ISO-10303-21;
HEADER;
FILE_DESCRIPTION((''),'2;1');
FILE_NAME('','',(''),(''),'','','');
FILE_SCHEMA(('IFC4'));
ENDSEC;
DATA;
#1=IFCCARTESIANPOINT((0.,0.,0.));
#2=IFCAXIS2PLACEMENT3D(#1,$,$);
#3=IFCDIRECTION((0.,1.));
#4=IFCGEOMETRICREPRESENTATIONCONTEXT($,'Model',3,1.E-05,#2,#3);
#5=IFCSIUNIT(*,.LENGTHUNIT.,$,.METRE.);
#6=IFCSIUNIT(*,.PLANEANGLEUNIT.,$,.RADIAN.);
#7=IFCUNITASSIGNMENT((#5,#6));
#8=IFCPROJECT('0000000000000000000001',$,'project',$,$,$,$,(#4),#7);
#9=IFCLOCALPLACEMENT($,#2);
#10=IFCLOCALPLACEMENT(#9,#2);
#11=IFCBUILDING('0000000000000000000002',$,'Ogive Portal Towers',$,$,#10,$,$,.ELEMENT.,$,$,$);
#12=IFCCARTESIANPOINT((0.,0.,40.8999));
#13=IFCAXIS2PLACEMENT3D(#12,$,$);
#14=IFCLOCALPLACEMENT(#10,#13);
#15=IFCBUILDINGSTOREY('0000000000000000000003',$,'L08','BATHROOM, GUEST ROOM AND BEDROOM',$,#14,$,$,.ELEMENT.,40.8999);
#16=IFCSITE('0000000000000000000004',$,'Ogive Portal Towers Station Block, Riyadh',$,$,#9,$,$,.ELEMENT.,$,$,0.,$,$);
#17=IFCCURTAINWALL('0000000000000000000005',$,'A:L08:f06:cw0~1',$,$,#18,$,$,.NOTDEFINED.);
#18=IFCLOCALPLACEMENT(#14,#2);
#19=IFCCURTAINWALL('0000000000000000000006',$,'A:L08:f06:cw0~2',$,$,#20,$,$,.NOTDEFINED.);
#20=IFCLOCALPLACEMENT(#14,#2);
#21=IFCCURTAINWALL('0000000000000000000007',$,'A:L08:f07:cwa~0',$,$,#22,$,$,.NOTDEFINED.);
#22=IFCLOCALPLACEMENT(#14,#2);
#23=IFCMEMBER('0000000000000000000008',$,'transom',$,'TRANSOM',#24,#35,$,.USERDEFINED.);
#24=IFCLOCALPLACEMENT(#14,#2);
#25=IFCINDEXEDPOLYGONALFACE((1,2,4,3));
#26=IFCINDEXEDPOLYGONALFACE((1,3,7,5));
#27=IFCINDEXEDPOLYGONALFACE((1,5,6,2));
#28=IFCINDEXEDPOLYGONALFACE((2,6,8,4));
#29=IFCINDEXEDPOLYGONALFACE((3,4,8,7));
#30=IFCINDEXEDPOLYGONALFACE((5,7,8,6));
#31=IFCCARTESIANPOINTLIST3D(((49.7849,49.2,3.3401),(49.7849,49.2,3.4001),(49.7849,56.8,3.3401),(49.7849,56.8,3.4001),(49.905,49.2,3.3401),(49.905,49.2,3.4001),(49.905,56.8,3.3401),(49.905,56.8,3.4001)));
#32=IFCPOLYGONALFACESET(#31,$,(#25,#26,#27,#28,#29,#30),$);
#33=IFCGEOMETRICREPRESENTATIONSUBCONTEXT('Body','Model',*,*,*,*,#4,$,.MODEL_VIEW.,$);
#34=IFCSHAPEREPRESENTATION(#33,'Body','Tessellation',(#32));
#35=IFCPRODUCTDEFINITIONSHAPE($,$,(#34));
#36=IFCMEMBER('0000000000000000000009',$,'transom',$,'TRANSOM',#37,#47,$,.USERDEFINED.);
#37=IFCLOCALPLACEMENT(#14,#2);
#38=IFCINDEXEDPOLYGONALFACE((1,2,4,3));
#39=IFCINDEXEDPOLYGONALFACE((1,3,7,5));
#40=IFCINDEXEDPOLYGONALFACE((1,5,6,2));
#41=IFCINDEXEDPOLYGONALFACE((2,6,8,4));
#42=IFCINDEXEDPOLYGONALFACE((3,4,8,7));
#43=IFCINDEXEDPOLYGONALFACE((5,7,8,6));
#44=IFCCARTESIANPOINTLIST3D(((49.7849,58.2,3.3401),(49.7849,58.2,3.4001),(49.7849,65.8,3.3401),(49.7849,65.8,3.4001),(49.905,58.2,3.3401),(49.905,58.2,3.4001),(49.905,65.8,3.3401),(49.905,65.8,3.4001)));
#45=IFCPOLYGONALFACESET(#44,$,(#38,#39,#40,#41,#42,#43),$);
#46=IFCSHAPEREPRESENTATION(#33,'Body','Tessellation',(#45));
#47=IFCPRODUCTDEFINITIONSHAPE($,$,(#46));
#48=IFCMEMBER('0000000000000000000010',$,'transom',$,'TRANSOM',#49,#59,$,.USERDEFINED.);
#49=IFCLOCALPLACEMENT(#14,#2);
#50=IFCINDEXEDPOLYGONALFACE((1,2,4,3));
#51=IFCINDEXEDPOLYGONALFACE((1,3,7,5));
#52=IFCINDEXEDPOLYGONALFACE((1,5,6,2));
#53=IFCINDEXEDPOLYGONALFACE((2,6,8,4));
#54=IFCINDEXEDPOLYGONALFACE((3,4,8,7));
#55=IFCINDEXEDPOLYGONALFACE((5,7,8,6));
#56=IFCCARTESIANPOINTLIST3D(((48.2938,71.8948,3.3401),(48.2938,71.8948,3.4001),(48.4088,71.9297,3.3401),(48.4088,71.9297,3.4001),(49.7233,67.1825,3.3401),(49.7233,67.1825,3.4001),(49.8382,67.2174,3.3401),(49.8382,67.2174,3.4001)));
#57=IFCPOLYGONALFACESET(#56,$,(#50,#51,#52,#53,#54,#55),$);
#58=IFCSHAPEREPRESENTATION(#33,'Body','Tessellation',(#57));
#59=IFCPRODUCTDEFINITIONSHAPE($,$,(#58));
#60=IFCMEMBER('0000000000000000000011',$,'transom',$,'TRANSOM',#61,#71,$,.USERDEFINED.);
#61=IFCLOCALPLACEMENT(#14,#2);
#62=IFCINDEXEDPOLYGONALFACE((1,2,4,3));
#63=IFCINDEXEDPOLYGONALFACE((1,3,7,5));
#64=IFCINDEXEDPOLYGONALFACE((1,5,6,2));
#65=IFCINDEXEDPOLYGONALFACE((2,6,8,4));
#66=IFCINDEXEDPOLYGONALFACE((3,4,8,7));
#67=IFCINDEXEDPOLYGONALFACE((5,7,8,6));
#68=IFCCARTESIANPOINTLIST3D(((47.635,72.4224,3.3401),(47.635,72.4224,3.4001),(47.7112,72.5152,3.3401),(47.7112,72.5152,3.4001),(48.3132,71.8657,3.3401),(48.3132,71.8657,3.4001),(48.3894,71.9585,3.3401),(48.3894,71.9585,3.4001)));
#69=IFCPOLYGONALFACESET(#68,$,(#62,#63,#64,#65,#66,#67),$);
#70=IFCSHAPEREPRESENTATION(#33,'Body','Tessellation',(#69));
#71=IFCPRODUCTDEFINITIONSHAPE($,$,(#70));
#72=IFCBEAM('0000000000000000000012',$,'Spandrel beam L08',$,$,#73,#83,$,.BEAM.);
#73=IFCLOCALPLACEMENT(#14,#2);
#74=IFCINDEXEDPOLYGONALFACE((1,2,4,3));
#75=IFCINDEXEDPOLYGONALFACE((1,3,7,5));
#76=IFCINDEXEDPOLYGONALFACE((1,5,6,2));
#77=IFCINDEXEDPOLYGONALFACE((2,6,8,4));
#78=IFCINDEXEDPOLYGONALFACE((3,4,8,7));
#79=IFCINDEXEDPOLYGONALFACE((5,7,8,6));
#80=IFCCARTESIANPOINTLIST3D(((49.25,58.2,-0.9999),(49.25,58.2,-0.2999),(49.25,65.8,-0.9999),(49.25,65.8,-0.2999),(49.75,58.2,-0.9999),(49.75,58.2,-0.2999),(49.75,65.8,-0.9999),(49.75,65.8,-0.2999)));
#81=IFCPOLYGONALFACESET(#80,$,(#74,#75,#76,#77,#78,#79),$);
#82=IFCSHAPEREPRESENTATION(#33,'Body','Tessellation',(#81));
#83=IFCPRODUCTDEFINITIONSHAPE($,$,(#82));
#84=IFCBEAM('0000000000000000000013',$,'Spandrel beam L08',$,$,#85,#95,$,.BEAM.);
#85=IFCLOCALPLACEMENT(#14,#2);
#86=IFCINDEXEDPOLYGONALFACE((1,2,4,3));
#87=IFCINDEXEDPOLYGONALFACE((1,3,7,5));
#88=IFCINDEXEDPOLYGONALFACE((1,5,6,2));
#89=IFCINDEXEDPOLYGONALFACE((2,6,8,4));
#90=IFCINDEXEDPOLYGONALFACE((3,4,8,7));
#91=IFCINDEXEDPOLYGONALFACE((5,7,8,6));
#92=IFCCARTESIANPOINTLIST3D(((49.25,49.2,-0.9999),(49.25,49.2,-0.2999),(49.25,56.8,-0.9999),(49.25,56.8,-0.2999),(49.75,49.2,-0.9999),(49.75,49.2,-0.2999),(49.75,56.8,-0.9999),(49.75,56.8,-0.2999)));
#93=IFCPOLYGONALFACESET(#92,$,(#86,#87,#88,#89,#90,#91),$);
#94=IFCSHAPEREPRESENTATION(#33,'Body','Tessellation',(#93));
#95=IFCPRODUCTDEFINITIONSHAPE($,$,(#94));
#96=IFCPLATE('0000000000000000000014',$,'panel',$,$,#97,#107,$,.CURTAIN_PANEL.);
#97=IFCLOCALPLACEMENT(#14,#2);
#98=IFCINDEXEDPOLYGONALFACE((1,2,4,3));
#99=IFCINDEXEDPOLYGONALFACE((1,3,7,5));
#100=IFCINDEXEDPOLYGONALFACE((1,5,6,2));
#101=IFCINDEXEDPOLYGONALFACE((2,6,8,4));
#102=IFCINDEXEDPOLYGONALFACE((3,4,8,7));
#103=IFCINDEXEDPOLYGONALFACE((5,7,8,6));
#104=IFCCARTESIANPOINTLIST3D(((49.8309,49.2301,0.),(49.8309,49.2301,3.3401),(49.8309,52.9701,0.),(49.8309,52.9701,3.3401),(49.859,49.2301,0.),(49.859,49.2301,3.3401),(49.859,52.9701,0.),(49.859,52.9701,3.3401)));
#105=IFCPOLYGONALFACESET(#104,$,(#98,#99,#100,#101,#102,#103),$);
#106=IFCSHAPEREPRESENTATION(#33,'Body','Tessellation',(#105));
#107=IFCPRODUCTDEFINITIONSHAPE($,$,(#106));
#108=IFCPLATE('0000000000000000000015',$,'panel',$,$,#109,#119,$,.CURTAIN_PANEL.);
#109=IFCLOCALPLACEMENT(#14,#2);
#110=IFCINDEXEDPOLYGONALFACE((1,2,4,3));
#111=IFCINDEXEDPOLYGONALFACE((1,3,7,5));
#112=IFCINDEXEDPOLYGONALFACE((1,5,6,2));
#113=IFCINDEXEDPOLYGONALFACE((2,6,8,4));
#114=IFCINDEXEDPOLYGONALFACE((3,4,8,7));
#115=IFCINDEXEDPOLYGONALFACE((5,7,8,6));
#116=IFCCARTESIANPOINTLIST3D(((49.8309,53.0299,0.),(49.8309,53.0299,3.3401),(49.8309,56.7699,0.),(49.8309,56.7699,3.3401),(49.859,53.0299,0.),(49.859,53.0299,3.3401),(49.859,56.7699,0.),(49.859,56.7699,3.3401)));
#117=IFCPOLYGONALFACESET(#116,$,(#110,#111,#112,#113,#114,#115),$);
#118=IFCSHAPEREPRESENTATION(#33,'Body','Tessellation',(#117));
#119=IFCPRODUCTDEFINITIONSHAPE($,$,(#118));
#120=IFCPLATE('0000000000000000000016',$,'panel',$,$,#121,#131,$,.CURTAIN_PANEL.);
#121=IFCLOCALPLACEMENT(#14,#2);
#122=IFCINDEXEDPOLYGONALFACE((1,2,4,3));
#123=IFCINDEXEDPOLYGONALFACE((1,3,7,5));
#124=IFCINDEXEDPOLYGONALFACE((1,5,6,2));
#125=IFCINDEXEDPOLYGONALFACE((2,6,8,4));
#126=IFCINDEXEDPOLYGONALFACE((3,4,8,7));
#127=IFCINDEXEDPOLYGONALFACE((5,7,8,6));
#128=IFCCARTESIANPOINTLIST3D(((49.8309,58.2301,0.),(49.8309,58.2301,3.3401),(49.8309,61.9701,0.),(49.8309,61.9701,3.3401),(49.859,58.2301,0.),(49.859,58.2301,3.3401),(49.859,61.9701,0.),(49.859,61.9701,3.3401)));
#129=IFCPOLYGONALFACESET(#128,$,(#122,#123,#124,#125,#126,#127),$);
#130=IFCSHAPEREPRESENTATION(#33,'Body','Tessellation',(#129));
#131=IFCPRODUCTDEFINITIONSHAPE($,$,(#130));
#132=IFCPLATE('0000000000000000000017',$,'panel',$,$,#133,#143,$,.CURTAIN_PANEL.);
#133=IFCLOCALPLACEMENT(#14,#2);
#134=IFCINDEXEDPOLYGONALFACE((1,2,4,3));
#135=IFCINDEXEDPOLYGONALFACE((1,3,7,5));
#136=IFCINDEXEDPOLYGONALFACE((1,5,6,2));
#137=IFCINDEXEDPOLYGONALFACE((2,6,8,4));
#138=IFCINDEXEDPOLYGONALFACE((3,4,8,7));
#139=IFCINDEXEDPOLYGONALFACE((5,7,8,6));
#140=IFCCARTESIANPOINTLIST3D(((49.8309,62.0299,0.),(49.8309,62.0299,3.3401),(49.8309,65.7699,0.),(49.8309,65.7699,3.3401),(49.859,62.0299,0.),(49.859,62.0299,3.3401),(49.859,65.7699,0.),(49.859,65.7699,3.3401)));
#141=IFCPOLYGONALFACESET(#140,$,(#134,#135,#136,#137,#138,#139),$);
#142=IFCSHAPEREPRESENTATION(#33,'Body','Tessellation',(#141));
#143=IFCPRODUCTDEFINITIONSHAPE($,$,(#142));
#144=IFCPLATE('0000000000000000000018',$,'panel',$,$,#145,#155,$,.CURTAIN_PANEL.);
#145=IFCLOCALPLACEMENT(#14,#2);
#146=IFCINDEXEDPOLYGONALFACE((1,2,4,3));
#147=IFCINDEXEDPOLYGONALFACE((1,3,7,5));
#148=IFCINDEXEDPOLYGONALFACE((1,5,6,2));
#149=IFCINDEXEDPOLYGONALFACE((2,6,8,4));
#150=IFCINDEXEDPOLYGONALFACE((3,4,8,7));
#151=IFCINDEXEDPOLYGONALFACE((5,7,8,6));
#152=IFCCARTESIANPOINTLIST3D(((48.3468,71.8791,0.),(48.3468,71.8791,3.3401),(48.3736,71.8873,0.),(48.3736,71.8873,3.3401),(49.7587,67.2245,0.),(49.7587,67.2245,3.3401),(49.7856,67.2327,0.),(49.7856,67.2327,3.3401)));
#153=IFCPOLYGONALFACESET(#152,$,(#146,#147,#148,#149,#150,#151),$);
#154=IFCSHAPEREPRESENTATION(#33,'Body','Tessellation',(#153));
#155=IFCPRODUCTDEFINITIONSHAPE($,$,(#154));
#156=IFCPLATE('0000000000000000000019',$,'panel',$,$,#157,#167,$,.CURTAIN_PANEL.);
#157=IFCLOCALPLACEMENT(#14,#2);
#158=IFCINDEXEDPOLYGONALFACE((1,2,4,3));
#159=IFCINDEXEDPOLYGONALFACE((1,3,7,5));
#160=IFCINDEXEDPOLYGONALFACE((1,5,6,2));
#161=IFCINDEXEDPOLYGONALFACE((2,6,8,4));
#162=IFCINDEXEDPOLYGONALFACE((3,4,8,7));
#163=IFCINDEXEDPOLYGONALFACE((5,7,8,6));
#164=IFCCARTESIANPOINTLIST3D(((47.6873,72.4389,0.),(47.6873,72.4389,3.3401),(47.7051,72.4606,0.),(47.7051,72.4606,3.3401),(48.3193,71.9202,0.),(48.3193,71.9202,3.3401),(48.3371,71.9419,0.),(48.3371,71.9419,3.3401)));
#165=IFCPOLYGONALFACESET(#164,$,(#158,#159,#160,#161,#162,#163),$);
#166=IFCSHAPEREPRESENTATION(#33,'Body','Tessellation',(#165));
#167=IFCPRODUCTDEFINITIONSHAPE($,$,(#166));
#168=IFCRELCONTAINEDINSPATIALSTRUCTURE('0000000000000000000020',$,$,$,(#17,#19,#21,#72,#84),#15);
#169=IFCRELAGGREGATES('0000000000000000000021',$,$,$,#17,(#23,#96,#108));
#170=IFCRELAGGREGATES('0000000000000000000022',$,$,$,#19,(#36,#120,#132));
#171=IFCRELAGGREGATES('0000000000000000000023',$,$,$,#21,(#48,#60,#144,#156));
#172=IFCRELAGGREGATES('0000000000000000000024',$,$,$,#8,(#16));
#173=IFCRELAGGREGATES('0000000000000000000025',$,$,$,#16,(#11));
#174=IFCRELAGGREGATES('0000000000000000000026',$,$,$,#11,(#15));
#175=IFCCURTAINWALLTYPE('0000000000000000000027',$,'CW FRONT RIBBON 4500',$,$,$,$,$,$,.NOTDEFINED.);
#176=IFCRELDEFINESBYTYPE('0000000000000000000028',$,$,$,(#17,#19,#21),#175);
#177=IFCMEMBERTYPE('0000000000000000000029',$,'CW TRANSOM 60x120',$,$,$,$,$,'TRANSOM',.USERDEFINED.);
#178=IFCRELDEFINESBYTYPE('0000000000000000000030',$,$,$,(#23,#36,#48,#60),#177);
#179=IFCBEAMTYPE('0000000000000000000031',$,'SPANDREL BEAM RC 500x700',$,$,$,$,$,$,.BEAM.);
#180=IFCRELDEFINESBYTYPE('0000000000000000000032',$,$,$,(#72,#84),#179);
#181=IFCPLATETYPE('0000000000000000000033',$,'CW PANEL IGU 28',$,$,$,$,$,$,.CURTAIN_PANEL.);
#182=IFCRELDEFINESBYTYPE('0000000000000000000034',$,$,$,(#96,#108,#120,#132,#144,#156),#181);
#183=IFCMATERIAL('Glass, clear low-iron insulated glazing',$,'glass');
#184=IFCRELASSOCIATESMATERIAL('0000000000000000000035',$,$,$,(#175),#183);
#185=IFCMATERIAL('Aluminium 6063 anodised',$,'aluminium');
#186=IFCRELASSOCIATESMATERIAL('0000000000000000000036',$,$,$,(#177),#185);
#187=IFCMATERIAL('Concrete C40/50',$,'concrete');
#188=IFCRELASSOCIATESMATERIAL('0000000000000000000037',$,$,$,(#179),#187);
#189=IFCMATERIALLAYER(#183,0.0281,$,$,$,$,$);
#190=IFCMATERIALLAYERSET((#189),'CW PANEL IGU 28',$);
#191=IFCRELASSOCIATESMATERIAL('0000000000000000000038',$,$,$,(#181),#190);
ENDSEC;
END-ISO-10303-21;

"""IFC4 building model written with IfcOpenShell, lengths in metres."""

from ifc_helpers import new_model, si_unit, direction, frame, origin, origin_2d, place, context, subcontext, project, spatial, rectangle, extrude, material, layer, layer_set, material_profile, profile_set, type_object, element, aggregate, save


model = new_model("IFC4")

# Units and contexts
model_context = context("Model", 3, precision=1e-05, world=origin(), true_north=direction((0.0, 1.0)))
body_context = subcontext(model_context, "Body", "Model", "MODEL_VIEW")
ifc_project = project(units=[si_unit("LENGTHUNIT", "METRE"), si_unit("PLANEANGLEUNIT", "RADIAN")], contexts=[model_context])

# Site, building, storey
site_placement = place(None, origin())
site = spatial("IfcSite", under=ifc_project, at=site_placement, Name="Ogive Portal Towers Station Block, Riyadh", CompositionType="ELEMENT", RefElevation=0.0)
building_placement = place(site_placement, origin())
building = spatial("IfcBuilding", under=site, at=building_placement, Name="Ogive Portal Towers", CompositionType="ELEMENT")
storey_placement = place(building_placement, frame((0.0, 0.0, 40.8999)))
storey = spatial("IfcBuildingStorey", under=building, at=storey_placement, Name="L08", Description="BATHROOM, GUEST ROOM AND BEDROOM", CompositionType="ELEMENT", Elevation=40.8999)

# Shared definitions
ifc_material_1 = material(Name="Glass, clear low-iron insulated glazing", Category="glass")
curtain_wall_type = type_object("IfcCurtainWallType", Name="CW FRONT RIBBON 4500", PredefinedType="NOTDEFINED", material=ifc_material_1)
ifc_material_2 = material(Name="Aluminium 6063 anodised", Category="aluminium")

# Curtain walls
curtain_wall_1_placement = place(storey_placement, origin())
curtain_wall_1 = element("IfcCurtainWall", 1, at=curtain_wall_1_placement, inside=storey, type_object=curtain_wall_type, Name="A:L08:f06:cw0~1", PredefinedType="NOTDEFINED")
curtain_wall_2_placement = place(storey_placement, origin())
curtain_wall_2 = element("IfcCurtainWall", 2, at=curtain_wall_2_placement, inside=storey, type_object=curtain_wall_type, Name="A:L08:f06:cw0~2", PredefinedType="NOTDEFINED")
curtain_wall_3_placement = place(storey_placement, origin())
curtain_wall_3 = element("IfcCurtainWall", 3, at=curtain_wall_3_placement, inside=storey, type_object=curtain_wall_type, Name="A:L08:f07:cwa~0", PredefinedType="NOTDEFINED")

# Members
ifc_material_profile_1 = material_profile(ifc_material_2, rectangle(XDim=0.1201, YDim=0.0601, at=origin_2d()), Name="AL 120x60")
ifc_profile_set_1 = profile_set([ifc_material_profile_1], Name="Aluminium 6063 anodised")
member_type_1 = type_object("IfcMemberType", Name="CW TRANSOM 60x120", ElementType="TRANSOM", PredefinedType="USERDEFINED", material=ifc_profile_set_1)
member_1_placement = place(storey_placement, frame((49.845, 49.2, 3.3701), z_axis=(0.0, 1.0, 0.0), x_axis=(-1.0, 0.0, 0.0)))
member_1 = element("IfcMember", 4, at=member_1_placement, type_object=member_type_1, Name="transom", ObjectType="TRANSOM", PredefinedType="USERDEFINED", context=body_context, shape_type="SweptSolid", body=[
    extrude(rectangle(XDim=0.1201, YDim=0.0601, at=origin_2d()), origin(), (0.0, 0.0, 1.0), 7.6001),
])
member_2_placement = place(storey_placement, frame((49.845, 58.2, 3.3701), z_axis=(0.0, 1.0, 0.0), x_axis=(-1.0, 0.0, 0.0)))
member_2 = element("IfcMember", 5, at=member_2_placement, type_object=member_type_1, Name="transom", ObjectType="TRANSOM", PredefinedType="USERDEFINED", context=body_context, shape_type="SweptSolid", body=[
    extrude(rectangle(XDim=0.1201, YDim=0.0601, at=origin_2d()), origin(), (0.0, 0.0, 1.0), 7.6001),
])
member_3_placement = place(storey_placement, frame((49.7808, 67.2, 3.3701), z_axis=(-0.290289, 0.956939, 0.0), x_axis=(-0.956939, -0.290289, 0.0)))
member_3 = element("IfcMember", 6, at=member_3_placement, type_object=member_type_1, Name="transom", ObjectType="TRANSOM", PredefinedType="USERDEFINED", context=body_context, shape_type="SweptSolid", body=[
    extrude(rectangle(XDim=0.1201, YDim=0.0601, at=origin_2d()), origin(), (0.0, 0.0, 1.0), 4.9243),
])
member_4_placement = place(storey_placement, frame((48.3513, 71.9121, 3.3701), z_axis=(-0.772989, 0.634419, 0.0), x_axis=(-0.634419, -0.772989, 0.0)))
member_4 = element("IfcMember", 7, at=member_4_placement, type_object=member_type_1, Name="transom", ObjectType="TRANSOM", PredefinedType="USERDEFINED", context=body_context, shape_type="SweptSolid", body=[
    extrude(rectangle(XDim=0.1201, YDim=0.0601, at=origin_2d()), origin(), (0.0, 0.0, 1.0), 0.8774),
])

# Beams
ifc_material_3 = material(Name="Concrete C40/50", Category="concrete")
ifc_material_profile_2 = material_profile(ifc_material_3, rectangle(XDim=0.5, YDim=0.7, at=origin_2d()), Name="RC 500x700")
ifc_profile_set_2 = profile_set([ifc_material_profile_2], Name="Concrete C40/50")
beam_type = type_object("IfcBeamType", Name="SPANDREL BEAM RC 500x700", PredefinedType="BEAM", material=ifc_profile_set_2)
for number, where, z_axis, x_axis, name in (
    (8, (49.5, 65.8, -0.6499), (0.0, -1.0, 0.0), (1.0, 0.0, 0.0), "Spandrel beam L08"),
    (9, (49.5, 56.8, -0.6499), (0.0, -1.0, 0.0), (1.0, 0.0, 0.0), "Spandrel beam L08"),
):
    element("IfcBeam", number, at=place(storey_placement, frame(where, z_axis=z_axis, x_axis=x_axis)), inside=storey, type_object=beam_type, Name=name, PredefinedType="BEAM", context=body_context, shape_type="SweptSolid", body=[
        extrude(rectangle(XDim=0.5, YDim=0.7, at=origin_2d()), origin(), (0.0, 0.0, 1.0), 7.6001),
    ])

# Plates
ifc_layer_1 = layer(ifc_material_1, 0.0281)
ifc_layer_set_1 = layer_set([ifc_layer_1], Name="CW PANEL IGU 28")
plate_type = type_object("IfcPlateType", Name="CW PANEL IGU 28", PredefinedType="CURTAIN_PANEL", material=ifc_layer_set_1)
plate_1_placement = place(storey_placement, frame((49.845, 51.1001, 0.0), z_axis=(0.0, 0.0, 1.0), x_axis=(0.0, 1.0, 0.0)))
plate_1 = element("IfcPlate", 10, at=plate_1_placement, type_object=plate_type, Name="panel", PredefinedType="CURTAIN_PANEL", context=body_context, shape_type="SweptSolid", body=[
    extrude(rectangle(XDim=3.74, YDim=0.0281, at=origin_2d()), origin(), (0.0, 0.0, 1.0), 3.3401),
])
plate_2_placement = place(storey_placement, frame((49.845, 54.8999, 0.0), z_axis=(0.0, 0.0, 1.0), x_axis=(0.0, 1.0, 0.0)))
plate_2 = element("IfcPlate", 11, at=plate_2_placement, type_object=plate_type, Name="panel", PredefinedType="CURTAIN_PANEL", context=body_context, shape_type="SweptSolid", body=[
    extrude(rectangle(XDim=3.74, YDim=0.0281, at=origin_2d()), origin(), (0.0, 0.0, 1.0), 3.3401),
])
aggregate(curtain_wall_1, [member_1, plate_1, plate_2])
plate_3_placement = place(storey_placement, frame((49.845, 60.1001, 0.0), z_axis=(0.0, 0.0, 1.0), x_axis=(0.0, 1.0, 0.0)))
plate_3 = element("IfcPlate", 12, at=plate_3_placement, type_object=plate_type, Name="panel", PredefinedType="CURTAIN_PANEL", context=body_context, shape_type="SweptSolid", body=[
    extrude(rectangle(XDim=3.74, YDim=0.0281, at=origin_2d()), origin(), (0.0, 0.0, 1.0), 3.3401),
])
plate_4_placement = place(storey_placement, frame((49.845, 63.8999, 0.0), z_axis=(0.0, 0.0, 1.0), x_axis=(0.0, 1.0, 0.0)))
plate_4 = element("IfcPlate", 13, at=plate_4_placement, type_object=plate_type, Name="panel", PredefinedType="CURTAIN_PANEL", context=body_context, shape_type="SweptSolid", body=[
    extrude(rectangle(XDim=3.74, YDim=0.0281, at=origin_2d()), origin(), (0.0, 0.0, 1.0), 3.3401),
])
aggregate(curtain_wall_2, [member_2, plate_3, plate_4])
plate_5_placement = place(storey_placement, frame((49.0662, 69.5559, 0.0), z_axis=(0.0, 0.0, 1.0), x_axis=(-0.290285, 0.95694, 0.0)))
plate_5 = element("IfcPlate", 14, at=plate_5_placement, type_object=plate_type, Name="panel", PredefinedType="CURTAIN_PANEL", context=body_context, shape_type="SweptSolid", body=[
    extrude(rectangle(XDim=4.864, YDim=0.0281, at=origin_2d()), origin(), (0.0, 0.0, 1.0), 3.3401),
])
plate_6_placement = place(storey_placement, frame((48.0122, 72.1904, 0.0), z_axis=(0.0, 0.0, 1.0), x_axis=(-0.77301, 0.634393, 0.0)))
plate_6 = element("IfcPlate", 15, at=plate_6_placement, type_object=plate_type, Name="panel", PredefinedType="CURTAIN_PANEL", context=body_context, shape_type="SweptSolid", body=[
    extrude(rectangle(XDim=0.8176, YDim=0.0281, at=origin_2d()), origin(), (0.0, 0.0, 1.0), 3.3401),
])
aggregate(curtain_wall_3, [member_3, member_4, plate_5, plate_6])

save(model, "model.ifc")
